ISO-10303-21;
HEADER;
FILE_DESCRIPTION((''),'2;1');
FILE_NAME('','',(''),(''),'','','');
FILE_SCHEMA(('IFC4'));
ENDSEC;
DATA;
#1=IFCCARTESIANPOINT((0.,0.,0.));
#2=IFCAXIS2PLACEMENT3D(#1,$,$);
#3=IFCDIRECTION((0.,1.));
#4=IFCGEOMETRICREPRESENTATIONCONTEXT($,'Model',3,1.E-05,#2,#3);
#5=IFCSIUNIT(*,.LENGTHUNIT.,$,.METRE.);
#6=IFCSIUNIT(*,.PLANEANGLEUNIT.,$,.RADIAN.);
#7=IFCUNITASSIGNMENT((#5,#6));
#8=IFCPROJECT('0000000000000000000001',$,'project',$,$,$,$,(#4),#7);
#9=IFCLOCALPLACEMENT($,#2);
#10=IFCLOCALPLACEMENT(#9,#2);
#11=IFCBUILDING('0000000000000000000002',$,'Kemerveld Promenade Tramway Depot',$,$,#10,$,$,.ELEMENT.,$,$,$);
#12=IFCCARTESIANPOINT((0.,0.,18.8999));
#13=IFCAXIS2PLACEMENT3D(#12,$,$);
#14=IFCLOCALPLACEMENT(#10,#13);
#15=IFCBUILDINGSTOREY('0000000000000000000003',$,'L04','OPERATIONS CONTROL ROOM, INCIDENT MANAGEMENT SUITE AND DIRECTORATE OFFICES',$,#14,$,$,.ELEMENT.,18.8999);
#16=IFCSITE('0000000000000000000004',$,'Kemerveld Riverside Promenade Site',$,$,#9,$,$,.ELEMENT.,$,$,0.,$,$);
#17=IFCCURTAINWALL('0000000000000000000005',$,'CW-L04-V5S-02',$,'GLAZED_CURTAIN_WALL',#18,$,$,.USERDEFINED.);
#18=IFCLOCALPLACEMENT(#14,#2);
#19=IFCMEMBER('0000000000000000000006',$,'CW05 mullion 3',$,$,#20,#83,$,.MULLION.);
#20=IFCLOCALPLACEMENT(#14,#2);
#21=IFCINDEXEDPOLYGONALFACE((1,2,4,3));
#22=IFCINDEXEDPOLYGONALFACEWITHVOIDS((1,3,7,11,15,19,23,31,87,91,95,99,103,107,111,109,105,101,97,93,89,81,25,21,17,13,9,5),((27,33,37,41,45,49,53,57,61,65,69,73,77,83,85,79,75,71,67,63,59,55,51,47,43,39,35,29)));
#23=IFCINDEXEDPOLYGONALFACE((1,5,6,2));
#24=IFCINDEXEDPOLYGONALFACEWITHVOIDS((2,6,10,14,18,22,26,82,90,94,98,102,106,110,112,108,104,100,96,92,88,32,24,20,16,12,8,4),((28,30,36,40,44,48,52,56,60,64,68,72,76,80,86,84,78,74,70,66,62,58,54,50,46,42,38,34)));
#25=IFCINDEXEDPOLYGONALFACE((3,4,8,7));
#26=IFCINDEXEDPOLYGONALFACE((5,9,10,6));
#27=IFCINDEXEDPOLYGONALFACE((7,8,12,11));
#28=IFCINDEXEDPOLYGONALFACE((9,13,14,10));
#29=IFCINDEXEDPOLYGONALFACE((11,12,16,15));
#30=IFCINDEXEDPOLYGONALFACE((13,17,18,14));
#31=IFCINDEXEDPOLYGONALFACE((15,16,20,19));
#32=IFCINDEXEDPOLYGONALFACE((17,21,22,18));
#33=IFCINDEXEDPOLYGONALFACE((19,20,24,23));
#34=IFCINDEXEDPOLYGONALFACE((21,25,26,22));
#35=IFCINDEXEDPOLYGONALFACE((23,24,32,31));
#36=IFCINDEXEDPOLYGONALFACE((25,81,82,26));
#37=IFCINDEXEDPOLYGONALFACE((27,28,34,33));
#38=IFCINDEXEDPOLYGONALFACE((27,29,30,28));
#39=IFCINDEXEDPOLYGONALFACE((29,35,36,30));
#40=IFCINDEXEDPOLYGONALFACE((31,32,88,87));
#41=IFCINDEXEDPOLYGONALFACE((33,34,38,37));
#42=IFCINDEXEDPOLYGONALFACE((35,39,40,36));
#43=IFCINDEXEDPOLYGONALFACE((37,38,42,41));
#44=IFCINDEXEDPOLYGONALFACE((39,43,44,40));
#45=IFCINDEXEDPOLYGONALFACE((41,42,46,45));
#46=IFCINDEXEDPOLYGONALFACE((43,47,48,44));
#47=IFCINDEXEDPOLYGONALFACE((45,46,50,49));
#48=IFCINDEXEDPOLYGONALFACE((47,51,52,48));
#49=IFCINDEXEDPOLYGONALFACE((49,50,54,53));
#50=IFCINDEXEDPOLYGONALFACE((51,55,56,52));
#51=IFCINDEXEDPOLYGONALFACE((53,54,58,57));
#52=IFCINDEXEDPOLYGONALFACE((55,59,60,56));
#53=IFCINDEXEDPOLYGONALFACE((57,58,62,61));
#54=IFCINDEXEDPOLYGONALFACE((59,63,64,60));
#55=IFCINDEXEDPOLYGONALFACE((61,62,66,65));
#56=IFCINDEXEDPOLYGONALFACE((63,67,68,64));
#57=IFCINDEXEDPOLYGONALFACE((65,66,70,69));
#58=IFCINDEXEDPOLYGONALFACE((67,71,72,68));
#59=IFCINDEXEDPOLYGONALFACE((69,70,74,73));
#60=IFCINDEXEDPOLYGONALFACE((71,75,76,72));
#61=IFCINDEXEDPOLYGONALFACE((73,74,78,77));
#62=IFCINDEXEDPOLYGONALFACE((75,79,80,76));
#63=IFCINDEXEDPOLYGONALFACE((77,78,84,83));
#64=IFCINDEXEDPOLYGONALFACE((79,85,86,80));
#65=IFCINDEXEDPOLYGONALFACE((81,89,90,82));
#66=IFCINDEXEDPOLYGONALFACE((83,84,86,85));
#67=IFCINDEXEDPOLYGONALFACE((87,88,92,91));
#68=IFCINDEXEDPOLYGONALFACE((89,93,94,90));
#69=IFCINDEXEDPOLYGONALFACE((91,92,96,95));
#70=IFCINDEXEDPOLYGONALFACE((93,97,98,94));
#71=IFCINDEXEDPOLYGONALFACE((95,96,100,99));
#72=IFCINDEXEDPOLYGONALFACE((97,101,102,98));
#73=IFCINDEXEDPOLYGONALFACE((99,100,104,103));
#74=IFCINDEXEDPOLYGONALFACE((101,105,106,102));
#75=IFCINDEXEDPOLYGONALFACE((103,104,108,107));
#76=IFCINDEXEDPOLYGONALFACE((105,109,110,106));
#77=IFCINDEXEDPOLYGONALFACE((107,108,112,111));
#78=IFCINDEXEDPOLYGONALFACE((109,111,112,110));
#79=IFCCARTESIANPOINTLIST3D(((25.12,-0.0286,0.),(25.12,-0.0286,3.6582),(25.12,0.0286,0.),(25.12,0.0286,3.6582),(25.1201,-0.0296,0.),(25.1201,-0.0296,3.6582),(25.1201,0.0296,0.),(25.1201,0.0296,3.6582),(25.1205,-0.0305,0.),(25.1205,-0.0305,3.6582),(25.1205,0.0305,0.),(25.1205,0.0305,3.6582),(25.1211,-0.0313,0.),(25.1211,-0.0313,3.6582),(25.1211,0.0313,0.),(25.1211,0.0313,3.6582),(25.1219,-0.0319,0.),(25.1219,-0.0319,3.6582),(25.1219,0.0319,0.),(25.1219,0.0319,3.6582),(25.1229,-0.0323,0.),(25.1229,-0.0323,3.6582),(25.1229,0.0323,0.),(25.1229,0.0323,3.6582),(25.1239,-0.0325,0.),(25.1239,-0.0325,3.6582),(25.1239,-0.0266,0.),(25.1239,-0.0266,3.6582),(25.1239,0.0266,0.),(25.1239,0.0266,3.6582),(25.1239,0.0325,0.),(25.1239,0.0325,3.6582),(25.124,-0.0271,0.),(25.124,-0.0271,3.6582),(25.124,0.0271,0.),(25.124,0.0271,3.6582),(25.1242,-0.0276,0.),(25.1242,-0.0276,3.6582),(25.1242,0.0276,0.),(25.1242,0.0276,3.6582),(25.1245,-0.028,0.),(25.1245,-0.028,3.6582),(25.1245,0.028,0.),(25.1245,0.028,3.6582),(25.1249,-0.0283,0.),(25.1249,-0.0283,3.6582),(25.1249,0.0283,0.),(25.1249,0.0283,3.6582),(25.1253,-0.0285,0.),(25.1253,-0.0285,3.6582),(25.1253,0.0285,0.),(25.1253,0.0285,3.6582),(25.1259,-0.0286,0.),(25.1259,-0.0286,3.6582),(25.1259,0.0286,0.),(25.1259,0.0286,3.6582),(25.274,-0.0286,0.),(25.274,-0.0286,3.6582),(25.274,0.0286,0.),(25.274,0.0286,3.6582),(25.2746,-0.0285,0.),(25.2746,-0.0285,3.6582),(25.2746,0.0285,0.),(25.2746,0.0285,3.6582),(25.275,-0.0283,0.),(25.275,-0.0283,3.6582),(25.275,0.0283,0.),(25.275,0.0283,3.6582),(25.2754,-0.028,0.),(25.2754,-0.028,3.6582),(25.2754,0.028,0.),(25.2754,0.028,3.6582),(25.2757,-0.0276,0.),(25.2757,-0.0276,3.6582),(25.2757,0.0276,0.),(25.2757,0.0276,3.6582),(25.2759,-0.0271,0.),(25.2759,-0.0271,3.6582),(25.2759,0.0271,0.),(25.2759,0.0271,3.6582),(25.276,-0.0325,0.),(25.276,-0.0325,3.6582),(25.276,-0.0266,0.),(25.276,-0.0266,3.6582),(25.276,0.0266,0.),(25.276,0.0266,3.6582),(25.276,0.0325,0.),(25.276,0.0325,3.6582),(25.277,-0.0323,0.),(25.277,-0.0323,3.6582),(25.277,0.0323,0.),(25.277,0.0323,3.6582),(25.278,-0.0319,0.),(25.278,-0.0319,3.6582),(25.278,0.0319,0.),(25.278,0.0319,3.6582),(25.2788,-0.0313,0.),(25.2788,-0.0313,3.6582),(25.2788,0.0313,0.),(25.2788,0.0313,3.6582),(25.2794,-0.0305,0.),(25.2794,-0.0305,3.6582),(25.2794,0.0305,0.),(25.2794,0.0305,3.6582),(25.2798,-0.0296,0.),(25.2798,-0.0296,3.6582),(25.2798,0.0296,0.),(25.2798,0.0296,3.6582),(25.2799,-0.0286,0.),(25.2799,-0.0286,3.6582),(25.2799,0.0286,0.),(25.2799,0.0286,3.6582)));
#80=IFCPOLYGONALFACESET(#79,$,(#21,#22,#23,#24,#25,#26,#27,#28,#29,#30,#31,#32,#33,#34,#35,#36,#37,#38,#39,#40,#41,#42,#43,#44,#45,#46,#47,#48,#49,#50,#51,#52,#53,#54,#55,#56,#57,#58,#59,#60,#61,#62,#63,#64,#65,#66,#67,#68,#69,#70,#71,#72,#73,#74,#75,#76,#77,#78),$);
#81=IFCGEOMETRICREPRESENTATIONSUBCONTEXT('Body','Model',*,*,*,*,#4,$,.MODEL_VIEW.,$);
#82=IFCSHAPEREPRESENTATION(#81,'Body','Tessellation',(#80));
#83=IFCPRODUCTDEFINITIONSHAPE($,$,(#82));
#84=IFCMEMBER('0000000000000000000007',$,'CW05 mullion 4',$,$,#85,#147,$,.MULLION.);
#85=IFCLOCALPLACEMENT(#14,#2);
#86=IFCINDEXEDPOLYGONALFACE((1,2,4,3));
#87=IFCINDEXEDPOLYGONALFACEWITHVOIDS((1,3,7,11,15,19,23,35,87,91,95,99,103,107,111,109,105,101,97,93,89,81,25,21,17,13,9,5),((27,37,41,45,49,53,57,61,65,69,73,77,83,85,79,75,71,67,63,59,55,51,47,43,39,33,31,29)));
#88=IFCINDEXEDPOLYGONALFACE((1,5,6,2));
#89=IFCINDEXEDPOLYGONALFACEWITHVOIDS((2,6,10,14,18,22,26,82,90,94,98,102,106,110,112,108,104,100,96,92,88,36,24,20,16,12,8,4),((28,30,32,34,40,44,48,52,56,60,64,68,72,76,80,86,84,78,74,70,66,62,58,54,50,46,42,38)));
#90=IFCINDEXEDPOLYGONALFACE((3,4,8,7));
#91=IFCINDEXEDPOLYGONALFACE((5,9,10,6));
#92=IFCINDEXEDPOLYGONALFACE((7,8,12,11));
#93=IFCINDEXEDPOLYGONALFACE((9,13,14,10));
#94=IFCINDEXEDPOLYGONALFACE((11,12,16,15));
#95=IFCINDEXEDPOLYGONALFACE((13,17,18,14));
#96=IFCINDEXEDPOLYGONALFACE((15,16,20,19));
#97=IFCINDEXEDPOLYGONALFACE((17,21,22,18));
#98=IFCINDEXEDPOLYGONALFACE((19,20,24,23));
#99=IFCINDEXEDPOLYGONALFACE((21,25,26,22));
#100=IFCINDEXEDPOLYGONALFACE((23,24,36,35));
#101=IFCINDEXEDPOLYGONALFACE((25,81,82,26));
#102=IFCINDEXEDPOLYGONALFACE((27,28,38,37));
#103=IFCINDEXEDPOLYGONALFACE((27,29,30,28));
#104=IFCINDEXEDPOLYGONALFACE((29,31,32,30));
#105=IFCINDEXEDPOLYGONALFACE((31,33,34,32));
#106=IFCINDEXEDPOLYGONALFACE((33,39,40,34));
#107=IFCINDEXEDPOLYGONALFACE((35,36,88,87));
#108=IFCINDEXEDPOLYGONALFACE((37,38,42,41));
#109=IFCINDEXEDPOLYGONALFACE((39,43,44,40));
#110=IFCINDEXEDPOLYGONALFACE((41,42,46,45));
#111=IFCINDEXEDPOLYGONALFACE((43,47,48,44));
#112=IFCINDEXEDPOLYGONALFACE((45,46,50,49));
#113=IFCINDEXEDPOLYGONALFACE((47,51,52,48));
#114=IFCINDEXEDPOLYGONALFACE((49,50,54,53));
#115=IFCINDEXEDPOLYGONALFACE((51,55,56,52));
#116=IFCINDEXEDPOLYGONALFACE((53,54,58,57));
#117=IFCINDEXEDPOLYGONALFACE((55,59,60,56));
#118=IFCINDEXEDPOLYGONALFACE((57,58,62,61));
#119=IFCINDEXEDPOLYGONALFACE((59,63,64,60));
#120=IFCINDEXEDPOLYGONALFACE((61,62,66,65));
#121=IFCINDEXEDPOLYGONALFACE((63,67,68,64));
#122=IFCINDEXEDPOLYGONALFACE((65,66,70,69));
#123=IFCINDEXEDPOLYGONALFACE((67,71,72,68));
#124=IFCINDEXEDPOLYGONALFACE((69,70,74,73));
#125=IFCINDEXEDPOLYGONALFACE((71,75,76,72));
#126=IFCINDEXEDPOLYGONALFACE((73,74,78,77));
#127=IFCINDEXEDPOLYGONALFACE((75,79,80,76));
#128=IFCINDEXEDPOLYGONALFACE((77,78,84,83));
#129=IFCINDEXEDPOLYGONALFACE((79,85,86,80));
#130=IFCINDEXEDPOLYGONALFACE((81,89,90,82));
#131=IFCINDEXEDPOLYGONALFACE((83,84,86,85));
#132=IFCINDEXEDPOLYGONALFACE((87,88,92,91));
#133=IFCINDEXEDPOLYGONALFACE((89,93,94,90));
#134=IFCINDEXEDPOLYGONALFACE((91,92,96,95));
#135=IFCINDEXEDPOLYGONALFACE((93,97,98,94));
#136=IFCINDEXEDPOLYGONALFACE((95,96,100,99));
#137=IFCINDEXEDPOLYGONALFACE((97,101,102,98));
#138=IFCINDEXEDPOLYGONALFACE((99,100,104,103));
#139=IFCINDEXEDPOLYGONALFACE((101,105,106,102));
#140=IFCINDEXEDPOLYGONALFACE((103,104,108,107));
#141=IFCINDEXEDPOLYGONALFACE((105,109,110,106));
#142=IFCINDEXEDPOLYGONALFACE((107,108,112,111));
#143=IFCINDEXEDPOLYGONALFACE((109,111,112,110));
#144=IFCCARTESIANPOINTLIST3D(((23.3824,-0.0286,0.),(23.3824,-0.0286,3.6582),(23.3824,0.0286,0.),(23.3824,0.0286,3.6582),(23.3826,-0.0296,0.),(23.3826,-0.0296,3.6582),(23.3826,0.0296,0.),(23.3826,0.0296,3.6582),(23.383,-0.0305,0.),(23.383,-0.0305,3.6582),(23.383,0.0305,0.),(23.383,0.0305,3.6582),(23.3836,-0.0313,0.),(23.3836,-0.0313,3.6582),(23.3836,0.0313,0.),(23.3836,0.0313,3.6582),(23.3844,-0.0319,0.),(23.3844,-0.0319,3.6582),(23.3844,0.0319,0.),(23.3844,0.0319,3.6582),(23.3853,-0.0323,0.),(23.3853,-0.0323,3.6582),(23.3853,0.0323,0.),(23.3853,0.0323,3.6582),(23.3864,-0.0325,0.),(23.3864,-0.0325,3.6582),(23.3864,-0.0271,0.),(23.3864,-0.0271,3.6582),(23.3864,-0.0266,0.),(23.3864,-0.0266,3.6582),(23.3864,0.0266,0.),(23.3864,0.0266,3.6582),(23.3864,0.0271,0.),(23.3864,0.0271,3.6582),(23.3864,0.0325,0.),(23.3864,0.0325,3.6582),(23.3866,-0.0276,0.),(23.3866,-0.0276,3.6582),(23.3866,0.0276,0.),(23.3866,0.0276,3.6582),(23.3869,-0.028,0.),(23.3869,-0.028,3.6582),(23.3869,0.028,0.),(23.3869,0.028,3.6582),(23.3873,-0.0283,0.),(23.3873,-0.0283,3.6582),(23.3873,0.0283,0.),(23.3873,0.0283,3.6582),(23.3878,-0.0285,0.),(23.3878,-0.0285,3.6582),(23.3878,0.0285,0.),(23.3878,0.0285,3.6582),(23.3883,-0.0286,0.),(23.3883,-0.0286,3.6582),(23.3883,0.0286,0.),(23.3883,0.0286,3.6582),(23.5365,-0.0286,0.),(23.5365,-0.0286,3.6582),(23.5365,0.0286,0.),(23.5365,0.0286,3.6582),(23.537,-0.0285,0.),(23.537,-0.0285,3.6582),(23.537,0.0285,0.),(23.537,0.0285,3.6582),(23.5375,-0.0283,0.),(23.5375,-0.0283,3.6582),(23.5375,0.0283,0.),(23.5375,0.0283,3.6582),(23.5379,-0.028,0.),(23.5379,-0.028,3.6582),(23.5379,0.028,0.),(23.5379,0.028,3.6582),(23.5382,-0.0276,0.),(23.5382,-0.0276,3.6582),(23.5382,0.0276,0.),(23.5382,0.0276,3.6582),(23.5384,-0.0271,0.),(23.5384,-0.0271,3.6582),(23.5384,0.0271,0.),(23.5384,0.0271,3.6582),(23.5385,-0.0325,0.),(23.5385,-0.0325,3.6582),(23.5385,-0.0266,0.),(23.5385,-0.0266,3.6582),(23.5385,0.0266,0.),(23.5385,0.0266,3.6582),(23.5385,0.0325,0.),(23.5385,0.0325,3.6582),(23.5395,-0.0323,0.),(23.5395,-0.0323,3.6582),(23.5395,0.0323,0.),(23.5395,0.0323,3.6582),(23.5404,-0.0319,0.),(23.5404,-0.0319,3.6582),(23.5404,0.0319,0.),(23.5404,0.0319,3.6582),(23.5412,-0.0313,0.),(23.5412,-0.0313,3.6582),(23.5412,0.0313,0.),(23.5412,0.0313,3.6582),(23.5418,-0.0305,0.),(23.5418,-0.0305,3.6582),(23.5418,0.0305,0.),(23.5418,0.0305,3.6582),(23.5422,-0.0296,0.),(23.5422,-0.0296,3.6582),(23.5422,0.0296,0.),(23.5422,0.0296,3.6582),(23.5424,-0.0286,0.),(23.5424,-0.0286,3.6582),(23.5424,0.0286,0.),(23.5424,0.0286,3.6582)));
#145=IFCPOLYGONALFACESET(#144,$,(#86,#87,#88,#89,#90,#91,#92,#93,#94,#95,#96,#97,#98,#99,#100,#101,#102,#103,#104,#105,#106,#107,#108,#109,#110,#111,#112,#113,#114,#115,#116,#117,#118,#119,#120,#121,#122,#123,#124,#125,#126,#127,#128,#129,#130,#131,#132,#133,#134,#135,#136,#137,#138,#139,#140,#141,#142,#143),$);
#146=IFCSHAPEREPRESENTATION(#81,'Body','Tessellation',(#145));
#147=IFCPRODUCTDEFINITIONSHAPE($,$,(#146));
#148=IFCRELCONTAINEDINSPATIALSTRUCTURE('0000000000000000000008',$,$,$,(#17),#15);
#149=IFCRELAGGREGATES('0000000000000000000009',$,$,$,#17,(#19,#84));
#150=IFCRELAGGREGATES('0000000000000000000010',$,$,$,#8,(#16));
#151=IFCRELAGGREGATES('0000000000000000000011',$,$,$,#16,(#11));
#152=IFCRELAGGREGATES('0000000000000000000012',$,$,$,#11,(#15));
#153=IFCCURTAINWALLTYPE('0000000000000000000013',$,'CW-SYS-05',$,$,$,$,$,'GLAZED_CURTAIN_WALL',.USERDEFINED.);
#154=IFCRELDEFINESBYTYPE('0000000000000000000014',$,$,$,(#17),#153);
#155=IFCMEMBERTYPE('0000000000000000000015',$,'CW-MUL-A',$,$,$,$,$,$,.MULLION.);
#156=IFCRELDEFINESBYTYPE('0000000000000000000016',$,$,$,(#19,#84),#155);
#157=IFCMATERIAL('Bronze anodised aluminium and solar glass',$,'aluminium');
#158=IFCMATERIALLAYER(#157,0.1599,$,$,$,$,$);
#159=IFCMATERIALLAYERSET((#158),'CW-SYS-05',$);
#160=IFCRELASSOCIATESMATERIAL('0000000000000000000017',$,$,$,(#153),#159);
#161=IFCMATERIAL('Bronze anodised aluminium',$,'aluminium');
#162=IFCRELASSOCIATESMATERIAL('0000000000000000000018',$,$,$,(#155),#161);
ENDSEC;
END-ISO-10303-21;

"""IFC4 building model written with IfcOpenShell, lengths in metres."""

from ifc_helpers import new_model, si_unit, direction, frame, origin, origin_2d, place, context, subcontext, project, spatial, hollow_rectangle, extrude, material, layer, layer_set, material_profile, profile_set, type_object, element, aggregate, save


model = new_model("IFC4")

# Units and contexts
model_context = context("Model", 3, precision=1e-05, world=origin(), true_north=direction((0.0, 1.0)))
body_context = subcontext(model_context, "Body", "Model", "MODEL_VIEW")
ifc_project = project(units=[si_unit("LENGTHUNIT", "METRE"), si_unit("PLANEANGLEUNIT", "RADIAN")], contexts=[model_context])

# Site, building, storey
site_placement = place(None, origin())
site = spatial("IfcSite", under=ifc_project, at=site_placement, Name="Kemerveld Riverside Promenade Site", CompositionType="ELEMENT", RefElevation=0.0)
building_placement = place(site_placement, origin())
building = spatial("IfcBuilding", under=site, at=building_placement, Name="Kemerveld Promenade Tramway Depot", CompositionType="ELEMENT")
storey_placement = place(building_placement, frame((0.0, 0.0, 18.8999)))
storey = spatial("IfcBuildingStorey", under=building, at=storey_placement, Name="L04", Description="OPERATIONS CONTROL ROOM, INCIDENT MANAGEMENT SUITE AND DIRECTORATE OFFICES", CompositionType="ELEMENT", Elevation=18.8999)

# Curtain wall, members
ifc_material_1 = material(Name="Bronze anodised aluminium and solar glass", Category="aluminium")
ifc_layer_1 = layer(ifc_material_1, 0.1599)
ifc_layer_set_1 = layer_set([ifc_layer_1], Name="CW-SYS-05")
curtain_wall_type = type_object("IfcCurtainWallType", Name="CW-SYS-05", ElementType="GLAZED_CURTAIN_WALL", PredefinedType="USERDEFINED", material=ifc_layer_set_1)
curtain_wall_placement = place(storey_placement, origin())
curtain_wall = element("IfcCurtainWall", 1, at=curtain_wall_placement, inside=storey, type_object=curtain_wall_type, Name="CW-L04-V5S-02", ObjectType="GLAZED_CURTAIN_WALL", PredefinedType="USERDEFINED")
ifc_material_2 = material(Name="Bronze anodised aluminium", Category="aluminium")
ifc_material_profile_1 = material_profile(ifc_material_2, hollow_rectangle(XDim=0.0649, YDim=0.1599, WallThickness=0.0039, InnerFilletRadius=0.002, OuterFilletRadius=0.0039, at=origin_2d()), Name="CW-MUL-160x65")
ifc_profile_set_1 = profile_set([ifc_material_profile_1], Name="Bronze anodised aluminium")
member_type_1 = type_object("IfcMemberType", Name="CW-MUL-A", PredefinedType="MULLION", material=ifc_profile_set_1)
member_1_placement = place(storey_placement, frame((25.2, 0.0, 0.0), z_axis=(0.0, 0.0, 1.0), x_axis=(0.0, -1.0, 0.0)))
member_1 = element("IfcMember", 2, at=member_1_placement, type_object=member_type_1, Name="CW05 mullion 3", PredefinedType="MULLION", context=body_context, shape_type="SweptSolid", body=[
    extrude(hollow_rectangle(XDim=0.0649, YDim=0.1599, WallThickness=0.0039, InnerFilletRadius=0.002, OuterFilletRadius=0.0039, at=origin_2d()), origin(), (0.0, 0.0, 1.0), 3.6582),
])
member_2_placement = place(storey_placement, frame((23.4624, 0.0, 0.0), z_axis=(0.0, 0.0, 1.0), x_axis=(0.0, -1.0, 0.0)))
member_2 = element("IfcMember", 3, at=member_2_placement, type_object=member_type_1, Name="CW05 mullion 4", PredefinedType="MULLION", context=body_context, shape_type="SweptSolid", body=[
    extrude(hollow_rectangle(XDim=0.0649, YDim=0.1599, WallThickness=0.0039, InnerFilletRadius=0.002, OuterFilletRadius=0.0039, at=origin_2d()), origin(), (0.0, 0.0, 1.0), 3.6582),
])
aggregate(curtain_wall, [member_1, member_2])

save(model, "model.ifc")
